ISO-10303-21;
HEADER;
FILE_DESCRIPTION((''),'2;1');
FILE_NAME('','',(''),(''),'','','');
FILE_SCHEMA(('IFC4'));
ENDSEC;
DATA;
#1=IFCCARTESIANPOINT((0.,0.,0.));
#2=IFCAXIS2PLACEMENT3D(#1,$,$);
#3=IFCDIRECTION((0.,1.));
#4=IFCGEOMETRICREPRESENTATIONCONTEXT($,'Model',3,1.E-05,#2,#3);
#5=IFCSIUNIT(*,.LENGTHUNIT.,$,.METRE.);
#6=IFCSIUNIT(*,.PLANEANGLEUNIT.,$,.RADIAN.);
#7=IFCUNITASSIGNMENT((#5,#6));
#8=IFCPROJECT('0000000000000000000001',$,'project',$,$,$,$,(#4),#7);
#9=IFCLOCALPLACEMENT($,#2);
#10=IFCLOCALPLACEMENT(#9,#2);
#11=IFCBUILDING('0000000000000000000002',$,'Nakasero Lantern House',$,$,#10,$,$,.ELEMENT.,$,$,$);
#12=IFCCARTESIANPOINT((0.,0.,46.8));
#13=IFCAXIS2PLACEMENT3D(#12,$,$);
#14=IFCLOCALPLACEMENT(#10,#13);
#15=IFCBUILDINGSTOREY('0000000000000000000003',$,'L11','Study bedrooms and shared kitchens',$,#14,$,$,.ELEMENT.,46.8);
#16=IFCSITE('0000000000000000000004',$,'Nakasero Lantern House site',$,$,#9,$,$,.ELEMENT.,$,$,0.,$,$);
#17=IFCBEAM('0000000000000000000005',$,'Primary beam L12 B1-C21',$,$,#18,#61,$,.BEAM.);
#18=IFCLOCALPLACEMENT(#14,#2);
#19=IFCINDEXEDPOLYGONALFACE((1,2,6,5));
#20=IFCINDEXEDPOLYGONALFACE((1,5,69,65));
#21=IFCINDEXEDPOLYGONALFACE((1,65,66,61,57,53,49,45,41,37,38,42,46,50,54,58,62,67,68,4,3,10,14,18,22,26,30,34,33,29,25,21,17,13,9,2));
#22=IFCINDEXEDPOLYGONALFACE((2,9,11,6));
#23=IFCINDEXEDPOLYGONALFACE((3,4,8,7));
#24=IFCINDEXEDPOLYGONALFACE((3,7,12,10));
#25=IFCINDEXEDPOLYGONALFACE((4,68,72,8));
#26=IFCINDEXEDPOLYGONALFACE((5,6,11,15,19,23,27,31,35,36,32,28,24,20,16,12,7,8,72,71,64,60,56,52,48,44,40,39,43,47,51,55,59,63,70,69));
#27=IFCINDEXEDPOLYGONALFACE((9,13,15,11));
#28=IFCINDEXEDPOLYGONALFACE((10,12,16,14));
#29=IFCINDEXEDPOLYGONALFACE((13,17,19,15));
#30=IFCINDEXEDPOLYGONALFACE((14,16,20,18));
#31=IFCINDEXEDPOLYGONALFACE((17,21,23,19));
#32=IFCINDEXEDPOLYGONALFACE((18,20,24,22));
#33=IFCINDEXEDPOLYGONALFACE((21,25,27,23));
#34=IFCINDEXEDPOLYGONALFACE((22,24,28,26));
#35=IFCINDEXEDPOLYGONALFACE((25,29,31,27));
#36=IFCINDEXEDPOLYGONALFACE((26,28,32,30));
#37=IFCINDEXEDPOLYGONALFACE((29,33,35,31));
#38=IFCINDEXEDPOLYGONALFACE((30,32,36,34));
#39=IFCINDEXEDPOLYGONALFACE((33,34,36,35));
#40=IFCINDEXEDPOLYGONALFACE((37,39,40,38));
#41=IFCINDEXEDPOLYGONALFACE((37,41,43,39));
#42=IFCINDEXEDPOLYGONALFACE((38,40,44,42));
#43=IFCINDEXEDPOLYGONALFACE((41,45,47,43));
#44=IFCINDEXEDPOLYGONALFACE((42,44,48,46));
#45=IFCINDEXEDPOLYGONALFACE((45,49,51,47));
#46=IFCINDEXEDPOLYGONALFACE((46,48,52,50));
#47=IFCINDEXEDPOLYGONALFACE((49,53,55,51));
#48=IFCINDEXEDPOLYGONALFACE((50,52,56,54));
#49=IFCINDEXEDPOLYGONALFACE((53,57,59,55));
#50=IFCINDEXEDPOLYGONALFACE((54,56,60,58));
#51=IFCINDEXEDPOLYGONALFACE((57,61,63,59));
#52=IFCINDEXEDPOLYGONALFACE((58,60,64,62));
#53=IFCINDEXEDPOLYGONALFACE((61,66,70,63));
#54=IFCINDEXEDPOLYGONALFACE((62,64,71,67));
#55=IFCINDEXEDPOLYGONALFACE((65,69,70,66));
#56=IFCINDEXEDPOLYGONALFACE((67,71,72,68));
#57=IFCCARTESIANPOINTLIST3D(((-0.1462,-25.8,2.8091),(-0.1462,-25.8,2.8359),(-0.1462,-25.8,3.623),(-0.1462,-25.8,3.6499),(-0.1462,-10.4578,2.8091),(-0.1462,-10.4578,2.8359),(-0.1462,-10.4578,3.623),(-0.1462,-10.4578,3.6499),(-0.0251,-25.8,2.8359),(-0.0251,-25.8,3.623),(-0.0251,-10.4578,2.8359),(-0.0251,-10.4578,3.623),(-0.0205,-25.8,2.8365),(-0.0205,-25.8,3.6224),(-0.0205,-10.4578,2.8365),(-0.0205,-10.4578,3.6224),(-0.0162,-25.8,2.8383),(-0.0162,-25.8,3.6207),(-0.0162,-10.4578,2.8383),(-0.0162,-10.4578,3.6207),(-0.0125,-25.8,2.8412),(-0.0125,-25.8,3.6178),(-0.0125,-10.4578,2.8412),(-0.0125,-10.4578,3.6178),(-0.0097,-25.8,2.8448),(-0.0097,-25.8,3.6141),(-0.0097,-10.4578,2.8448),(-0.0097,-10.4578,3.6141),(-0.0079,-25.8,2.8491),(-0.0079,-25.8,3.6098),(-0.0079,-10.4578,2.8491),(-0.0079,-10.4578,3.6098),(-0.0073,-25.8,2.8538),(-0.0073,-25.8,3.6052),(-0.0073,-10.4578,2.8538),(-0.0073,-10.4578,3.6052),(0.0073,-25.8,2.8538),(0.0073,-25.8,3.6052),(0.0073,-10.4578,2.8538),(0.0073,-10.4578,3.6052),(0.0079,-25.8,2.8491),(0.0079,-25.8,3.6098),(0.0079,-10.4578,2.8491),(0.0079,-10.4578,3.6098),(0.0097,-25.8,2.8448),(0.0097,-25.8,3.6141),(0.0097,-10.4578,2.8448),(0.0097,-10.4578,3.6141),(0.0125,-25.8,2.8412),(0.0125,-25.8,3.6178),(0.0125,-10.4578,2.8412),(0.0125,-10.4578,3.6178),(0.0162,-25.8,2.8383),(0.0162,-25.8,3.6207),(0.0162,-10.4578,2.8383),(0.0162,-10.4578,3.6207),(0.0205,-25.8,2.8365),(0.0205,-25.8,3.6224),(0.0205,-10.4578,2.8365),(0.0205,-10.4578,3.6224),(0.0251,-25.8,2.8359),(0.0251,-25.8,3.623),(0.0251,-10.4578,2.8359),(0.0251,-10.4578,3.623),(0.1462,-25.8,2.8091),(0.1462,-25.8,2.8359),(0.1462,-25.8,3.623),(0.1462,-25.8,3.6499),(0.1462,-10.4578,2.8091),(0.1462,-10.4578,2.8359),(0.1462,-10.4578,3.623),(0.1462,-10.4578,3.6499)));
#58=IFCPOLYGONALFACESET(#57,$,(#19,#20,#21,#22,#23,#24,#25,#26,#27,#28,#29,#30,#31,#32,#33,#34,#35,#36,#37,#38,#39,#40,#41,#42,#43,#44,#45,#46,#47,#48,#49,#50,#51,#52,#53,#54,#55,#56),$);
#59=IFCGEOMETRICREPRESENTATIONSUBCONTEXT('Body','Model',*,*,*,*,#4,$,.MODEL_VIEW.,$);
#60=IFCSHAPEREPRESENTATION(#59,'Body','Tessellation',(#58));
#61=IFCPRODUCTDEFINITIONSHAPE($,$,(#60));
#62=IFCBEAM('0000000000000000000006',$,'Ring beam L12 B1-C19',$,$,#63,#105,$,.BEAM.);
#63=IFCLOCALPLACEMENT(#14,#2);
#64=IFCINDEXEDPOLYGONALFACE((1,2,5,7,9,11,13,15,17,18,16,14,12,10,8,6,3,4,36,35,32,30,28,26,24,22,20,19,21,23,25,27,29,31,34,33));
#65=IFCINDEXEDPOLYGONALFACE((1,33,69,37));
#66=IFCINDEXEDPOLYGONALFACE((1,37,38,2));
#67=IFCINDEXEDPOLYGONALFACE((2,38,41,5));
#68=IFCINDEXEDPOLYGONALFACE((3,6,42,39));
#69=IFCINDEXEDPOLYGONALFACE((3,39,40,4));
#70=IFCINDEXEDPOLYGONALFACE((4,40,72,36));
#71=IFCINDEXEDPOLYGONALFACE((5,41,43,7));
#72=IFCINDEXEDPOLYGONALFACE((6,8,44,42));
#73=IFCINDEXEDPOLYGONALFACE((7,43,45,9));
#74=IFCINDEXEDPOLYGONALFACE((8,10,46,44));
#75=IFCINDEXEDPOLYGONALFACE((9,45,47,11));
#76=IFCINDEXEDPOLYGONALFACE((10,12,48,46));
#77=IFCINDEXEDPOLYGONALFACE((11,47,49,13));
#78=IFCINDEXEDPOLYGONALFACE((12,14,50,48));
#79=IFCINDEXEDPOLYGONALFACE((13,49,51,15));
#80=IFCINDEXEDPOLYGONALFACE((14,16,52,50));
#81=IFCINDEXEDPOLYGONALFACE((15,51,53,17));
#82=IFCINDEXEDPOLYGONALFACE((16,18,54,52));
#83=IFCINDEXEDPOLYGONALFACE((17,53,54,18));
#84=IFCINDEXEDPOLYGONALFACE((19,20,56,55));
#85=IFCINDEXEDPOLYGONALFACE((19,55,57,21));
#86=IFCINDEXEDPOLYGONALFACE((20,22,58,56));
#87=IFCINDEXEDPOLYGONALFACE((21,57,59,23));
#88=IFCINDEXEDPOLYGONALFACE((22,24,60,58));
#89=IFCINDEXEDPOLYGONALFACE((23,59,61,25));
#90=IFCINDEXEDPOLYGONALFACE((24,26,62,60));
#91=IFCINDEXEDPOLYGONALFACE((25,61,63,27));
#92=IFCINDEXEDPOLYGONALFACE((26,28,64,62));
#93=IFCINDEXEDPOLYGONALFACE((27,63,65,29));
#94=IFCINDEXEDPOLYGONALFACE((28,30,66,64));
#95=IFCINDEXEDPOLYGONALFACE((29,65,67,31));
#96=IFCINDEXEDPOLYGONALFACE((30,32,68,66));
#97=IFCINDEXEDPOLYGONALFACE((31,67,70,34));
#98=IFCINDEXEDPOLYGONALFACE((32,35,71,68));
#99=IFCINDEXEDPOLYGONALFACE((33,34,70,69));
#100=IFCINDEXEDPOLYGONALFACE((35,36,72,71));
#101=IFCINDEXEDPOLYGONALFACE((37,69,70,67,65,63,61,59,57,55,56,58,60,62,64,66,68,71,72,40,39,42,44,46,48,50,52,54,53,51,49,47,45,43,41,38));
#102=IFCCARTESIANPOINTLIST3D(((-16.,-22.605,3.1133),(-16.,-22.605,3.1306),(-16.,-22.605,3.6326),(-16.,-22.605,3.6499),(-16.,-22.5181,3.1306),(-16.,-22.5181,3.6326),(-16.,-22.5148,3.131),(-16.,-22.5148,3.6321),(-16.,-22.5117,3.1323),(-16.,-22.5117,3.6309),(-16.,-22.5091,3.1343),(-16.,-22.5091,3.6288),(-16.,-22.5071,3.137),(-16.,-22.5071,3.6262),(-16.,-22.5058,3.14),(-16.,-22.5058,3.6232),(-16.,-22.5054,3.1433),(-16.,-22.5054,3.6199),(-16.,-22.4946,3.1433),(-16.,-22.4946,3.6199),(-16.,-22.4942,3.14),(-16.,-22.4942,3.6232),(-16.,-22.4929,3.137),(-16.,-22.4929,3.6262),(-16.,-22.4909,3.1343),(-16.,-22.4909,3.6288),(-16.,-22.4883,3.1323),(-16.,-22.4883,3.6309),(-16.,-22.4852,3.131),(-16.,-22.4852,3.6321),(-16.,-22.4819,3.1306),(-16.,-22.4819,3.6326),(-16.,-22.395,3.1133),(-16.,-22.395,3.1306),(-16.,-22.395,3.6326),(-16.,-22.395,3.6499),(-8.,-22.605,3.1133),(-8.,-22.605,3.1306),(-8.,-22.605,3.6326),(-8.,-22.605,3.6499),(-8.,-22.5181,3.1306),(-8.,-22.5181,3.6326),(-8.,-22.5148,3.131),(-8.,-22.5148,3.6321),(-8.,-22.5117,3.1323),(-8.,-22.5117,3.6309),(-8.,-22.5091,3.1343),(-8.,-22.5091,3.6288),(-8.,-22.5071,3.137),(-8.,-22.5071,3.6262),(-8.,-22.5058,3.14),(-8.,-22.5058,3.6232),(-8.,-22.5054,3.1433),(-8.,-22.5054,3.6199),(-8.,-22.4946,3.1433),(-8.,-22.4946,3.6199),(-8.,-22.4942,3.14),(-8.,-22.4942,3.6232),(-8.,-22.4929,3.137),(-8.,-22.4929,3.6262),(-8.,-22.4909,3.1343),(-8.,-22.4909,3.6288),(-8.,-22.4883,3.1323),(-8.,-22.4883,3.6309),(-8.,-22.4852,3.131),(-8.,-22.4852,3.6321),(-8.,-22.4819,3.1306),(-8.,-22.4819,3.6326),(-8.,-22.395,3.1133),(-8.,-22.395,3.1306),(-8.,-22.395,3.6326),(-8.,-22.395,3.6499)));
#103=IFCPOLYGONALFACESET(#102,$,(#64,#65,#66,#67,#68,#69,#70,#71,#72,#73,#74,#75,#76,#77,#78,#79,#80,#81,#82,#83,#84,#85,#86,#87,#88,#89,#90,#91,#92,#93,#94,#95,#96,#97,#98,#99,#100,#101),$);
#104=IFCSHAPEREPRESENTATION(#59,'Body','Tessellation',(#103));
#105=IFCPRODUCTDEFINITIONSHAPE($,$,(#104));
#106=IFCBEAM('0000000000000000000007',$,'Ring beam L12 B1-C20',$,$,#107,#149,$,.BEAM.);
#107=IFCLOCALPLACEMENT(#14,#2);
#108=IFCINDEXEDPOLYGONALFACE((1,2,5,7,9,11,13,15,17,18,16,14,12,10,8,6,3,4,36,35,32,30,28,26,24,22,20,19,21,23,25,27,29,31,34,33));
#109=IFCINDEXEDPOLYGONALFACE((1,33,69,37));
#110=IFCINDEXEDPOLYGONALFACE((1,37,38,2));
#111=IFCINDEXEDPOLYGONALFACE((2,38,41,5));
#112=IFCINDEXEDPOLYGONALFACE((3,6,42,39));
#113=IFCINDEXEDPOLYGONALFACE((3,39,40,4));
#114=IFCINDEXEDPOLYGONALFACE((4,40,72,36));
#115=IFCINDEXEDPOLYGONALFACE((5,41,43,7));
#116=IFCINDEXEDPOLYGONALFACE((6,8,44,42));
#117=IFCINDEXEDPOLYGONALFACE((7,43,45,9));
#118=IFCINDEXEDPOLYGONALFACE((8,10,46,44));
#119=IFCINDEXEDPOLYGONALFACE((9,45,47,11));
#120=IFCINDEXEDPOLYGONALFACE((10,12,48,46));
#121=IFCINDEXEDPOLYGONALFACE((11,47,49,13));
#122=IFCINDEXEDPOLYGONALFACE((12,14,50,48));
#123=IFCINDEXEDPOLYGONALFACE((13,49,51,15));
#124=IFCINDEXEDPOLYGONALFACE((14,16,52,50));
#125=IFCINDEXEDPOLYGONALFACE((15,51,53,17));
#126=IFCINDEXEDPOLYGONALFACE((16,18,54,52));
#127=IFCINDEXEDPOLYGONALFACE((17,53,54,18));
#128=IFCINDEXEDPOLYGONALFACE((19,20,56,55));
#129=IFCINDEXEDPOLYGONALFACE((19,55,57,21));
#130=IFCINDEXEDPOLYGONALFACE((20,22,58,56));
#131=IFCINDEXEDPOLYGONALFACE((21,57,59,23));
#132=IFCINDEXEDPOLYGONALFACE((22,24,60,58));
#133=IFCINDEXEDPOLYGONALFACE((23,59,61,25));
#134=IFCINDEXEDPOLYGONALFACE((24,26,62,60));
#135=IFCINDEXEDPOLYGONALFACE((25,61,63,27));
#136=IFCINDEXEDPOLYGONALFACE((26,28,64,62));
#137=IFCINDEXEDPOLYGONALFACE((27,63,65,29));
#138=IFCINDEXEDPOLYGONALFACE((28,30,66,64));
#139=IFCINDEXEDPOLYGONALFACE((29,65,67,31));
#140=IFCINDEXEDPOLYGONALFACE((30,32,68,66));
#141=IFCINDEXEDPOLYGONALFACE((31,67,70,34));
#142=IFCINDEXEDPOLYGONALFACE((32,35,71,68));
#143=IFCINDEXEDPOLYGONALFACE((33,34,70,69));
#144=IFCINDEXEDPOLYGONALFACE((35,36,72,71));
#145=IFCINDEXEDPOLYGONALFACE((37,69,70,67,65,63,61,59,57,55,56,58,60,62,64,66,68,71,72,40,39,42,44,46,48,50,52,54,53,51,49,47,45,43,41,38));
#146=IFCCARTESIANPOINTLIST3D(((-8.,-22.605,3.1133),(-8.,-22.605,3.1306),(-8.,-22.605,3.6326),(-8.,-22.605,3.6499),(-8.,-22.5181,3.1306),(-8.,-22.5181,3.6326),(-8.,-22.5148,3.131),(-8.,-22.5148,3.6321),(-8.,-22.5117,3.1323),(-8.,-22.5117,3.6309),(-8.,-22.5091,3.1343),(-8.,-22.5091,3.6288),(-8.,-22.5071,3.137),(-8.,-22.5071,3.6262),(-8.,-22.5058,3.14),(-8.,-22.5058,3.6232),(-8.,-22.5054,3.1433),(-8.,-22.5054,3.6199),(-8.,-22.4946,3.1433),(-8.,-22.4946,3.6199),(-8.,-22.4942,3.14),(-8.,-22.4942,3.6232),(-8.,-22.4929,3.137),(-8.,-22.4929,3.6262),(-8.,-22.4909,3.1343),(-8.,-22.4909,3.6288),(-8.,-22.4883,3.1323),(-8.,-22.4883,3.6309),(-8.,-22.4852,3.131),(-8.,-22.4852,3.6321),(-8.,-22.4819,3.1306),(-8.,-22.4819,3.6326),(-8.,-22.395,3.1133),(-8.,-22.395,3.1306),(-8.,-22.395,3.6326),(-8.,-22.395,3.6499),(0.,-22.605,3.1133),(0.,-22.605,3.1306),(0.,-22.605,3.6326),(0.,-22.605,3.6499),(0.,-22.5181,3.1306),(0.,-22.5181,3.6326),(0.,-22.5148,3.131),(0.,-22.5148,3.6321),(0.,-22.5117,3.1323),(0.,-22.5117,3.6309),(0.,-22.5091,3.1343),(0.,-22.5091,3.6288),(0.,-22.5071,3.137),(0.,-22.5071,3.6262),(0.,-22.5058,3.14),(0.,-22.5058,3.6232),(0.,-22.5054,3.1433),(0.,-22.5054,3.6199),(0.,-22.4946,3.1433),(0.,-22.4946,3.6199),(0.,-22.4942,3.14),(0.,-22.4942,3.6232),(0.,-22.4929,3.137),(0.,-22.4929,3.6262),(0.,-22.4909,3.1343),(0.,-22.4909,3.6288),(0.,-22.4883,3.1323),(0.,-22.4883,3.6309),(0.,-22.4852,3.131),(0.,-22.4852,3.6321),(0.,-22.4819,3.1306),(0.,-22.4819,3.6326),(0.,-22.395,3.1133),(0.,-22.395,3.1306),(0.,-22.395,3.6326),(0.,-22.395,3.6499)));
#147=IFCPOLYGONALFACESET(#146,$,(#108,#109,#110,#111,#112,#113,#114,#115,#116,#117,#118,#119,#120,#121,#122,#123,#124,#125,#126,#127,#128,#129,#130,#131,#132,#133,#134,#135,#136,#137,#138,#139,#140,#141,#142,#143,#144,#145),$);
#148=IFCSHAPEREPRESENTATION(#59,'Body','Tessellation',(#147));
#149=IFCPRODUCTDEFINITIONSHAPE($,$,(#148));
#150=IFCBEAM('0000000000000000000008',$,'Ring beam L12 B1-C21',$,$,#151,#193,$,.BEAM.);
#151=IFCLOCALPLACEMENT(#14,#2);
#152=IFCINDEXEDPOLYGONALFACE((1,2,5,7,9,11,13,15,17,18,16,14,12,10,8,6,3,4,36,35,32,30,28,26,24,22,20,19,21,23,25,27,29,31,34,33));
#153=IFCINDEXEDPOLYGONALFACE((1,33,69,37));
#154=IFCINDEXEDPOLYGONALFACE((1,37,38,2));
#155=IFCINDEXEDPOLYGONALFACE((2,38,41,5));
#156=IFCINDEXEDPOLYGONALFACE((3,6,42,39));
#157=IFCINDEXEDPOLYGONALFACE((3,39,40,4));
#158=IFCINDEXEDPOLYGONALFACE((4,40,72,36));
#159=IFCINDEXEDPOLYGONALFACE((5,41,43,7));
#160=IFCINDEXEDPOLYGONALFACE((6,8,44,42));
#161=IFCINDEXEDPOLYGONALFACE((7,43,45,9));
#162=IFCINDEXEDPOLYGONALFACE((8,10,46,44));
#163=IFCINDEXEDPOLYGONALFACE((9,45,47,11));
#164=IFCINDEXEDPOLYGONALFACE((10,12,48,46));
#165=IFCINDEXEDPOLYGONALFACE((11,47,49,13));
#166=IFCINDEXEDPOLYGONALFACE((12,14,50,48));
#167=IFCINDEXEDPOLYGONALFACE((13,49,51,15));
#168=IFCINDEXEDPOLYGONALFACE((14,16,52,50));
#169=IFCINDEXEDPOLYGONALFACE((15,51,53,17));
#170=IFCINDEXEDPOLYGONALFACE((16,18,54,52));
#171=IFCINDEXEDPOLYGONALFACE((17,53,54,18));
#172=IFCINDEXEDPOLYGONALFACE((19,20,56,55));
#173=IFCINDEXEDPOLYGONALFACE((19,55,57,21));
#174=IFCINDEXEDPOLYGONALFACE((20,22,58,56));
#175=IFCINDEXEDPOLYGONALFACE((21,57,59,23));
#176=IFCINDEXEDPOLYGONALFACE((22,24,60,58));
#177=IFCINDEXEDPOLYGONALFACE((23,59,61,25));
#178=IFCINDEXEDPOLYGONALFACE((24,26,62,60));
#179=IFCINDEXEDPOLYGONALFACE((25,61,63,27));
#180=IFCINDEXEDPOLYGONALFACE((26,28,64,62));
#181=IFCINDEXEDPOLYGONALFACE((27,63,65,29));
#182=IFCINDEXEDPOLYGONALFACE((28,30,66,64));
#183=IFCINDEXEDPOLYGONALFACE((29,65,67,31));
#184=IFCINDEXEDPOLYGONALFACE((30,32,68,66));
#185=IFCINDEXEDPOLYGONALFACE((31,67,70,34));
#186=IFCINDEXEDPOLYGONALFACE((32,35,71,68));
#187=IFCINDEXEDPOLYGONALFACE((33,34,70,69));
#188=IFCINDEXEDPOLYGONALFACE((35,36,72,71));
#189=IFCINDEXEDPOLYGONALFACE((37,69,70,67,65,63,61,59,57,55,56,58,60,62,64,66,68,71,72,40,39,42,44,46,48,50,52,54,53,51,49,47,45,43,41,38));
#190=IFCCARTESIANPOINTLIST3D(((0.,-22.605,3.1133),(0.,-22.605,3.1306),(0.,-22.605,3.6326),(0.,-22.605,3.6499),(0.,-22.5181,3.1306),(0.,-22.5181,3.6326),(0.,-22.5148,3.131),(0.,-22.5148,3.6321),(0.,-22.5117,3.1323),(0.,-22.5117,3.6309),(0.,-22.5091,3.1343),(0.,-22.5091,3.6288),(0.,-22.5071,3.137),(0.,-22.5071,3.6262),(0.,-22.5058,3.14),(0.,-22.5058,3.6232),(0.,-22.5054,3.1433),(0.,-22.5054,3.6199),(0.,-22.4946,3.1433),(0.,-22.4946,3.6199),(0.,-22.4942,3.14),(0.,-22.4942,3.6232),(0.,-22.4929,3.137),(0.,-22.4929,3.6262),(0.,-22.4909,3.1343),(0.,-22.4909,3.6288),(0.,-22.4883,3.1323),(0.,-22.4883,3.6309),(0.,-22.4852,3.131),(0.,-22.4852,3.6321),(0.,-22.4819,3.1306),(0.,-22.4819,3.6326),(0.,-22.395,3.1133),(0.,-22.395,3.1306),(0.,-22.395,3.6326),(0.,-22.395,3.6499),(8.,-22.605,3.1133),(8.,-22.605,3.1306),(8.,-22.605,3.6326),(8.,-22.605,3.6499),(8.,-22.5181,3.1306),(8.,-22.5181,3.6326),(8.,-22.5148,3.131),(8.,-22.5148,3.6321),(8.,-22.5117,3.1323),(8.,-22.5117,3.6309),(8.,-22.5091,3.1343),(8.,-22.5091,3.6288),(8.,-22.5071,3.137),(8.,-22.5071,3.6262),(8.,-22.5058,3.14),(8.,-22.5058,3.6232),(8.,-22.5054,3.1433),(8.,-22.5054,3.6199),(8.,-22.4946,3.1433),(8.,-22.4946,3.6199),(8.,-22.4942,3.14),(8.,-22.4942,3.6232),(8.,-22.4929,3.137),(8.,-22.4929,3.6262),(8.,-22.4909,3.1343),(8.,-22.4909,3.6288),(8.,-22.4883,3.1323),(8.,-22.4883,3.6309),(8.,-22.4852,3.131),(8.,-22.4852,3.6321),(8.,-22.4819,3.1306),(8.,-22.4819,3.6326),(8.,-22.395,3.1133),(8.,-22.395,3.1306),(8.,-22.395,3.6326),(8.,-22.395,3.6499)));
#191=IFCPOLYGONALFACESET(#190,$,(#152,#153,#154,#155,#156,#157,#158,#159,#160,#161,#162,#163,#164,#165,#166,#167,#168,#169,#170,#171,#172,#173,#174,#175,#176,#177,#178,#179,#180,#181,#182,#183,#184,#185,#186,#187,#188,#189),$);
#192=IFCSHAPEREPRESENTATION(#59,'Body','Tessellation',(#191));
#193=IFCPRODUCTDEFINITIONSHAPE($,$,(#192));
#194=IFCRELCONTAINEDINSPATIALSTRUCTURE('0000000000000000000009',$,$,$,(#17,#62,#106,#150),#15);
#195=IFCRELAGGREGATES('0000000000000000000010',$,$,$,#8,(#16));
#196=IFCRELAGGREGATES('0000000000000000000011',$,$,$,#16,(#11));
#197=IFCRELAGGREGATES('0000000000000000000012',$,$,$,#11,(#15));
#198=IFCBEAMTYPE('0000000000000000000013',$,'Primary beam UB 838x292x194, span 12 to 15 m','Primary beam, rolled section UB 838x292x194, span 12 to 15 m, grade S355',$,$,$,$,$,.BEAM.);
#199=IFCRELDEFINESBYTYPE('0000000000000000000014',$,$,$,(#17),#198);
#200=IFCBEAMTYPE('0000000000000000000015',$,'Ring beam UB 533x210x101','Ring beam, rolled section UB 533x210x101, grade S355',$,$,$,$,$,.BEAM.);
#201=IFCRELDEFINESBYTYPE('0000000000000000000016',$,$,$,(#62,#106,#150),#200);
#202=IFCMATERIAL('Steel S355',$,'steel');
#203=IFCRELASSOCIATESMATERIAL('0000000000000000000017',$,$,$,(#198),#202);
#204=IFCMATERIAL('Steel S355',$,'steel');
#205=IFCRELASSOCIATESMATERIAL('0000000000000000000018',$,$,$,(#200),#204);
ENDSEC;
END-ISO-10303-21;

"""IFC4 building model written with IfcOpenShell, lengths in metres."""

from ifc_helpers import new_model, si_unit, direction, frame, origin, origin_2d, place, context, subcontext, project, spatial, i_section, extrude, material, material_profile, profile_set, type_object, element, save


model = new_model("IFC4")

# Units and contexts
model_context = context("Model", 3, precision=1e-05, world=origin(), true_north=direction((0.0, 1.0)))
body_context = subcontext(model_context, "Body", "Model", "MODEL_VIEW")
ifc_project = project(units=[si_unit("LENGTHUNIT", "METRE"), si_unit("PLANEANGLEUNIT", "RADIAN")], contexts=[model_context])

# Site, building, storey
site_placement = place(None, origin())
site = spatial("IfcSite", under=ifc_project, at=site_placement, Name="Nakasero Lantern House site", CompositionType="ELEMENT", RefElevation=0.0)
building_placement = place(site_placement, origin())
building = spatial("IfcBuilding", under=site, at=building_placement, Name="Nakasero Lantern House", CompositionType="ELEMENT")
storey_placement = place(building_placement, frame((0.0, 0.0, 46.8)))
storey = spatial("IfcBuildingStorey", under=building, at=storey_placement, Name="L11", Description="Study bedrooms and shared kitchens", CompositionType="ELEMENT", Elevation=46.8)

# Beams
ifc_material_1 = material(Name="Steel S355", Category="steel")
ifc_material_profile_1 = material_profile(ifc_material_1, i_section(OverallWidth=0.2925, OverallDepth=0.8408, WebThickness=0.0146, FlangeThickness=0.0269, FilletRadius=0.0178, at=origin_2d()), Name="UB 838x292x194")
ifc_profile_set_1 = profile_set([ifc_material_profile_1], Name="Steel S355")
beam_type_1 = type_object("IfcBeamType", Name="Primary beam UB 838x292x194, span 12 to 15 m", Description="Primary beam, rolled section UB 838x292x194, span 12 to 15 m, grade S355", PredefinedType="BEAM", material=ifc_profile_set_1)
beam_1_placement = place(storey_placement, frame((0.0, -25.8, 3.2295), z_axis=(0.0, 1.0, 0.0), x_axis=(-1.0, 0.0, 0.0)))
element("IfcBeam", 1, at=beam_1_placement, inside=storey, type_object=beam_type_1, Name="Primary beam L12 B1-C21", PredefinedType="BEAM", context=body_context, shape_type="SweptSolid", body=[
    extrude(i_section(OverallWidth=0.2925, OverallDepth=0.8408, WebThickness=0.0146, FlangeThickness=0.0269, FilletRadius=0.0178, at=origin_2d()), origin(), (0.0, 0.0, 1.0), 15.3423),
])
ifc_material_2 = material(Name="Steel S355", Category="steel")
ifc_material_profile_2 = material_profile(ifc_material_2, i_section(OverallWidth=0.21, OverallDepth=0.5366, WebThickness=0.0107, FlangeThickness=0.0173, FilletRadius=0.0127, at=origin_2d()), Name="UB 533x210x101")
ifc_profile_set_2 = profile_set([ifc_material_profile_2], Name="Steel S355")
beam_type_2 = type_object("IfcBeamType", Name="Ring beam UB 533x210x101", Description="Ring beam, rolled section UB 533x210x101, grade S355", PredefinedType="BEAM", material=ifc_profile_set_2)
for number, where, z_axis, x_axis, name in (
    (2, (-16.0, -22.5, 3.3816), (1.0, 0.0, 0.0), (0.0, 1.0, 0.0), "Ring beam L12 B1-C19"),
    (3, (-8.0, -22.5, 3.3816), (1.0, 0.0, 0.0), (0.0, 1.0, 0.0), "Ring beam L12 B1-C20"),
    (4, (0.0, -22.5, 3.3816), (1.0, 0.0, 0.0), (0.0, 1.0, 0.0), "Ring beam L12 B1-C21"),
):
    element("IfcBeam", number, at=place(storey_placement, frame(where, z_axis=z_axis, x_axis=x_axis)), inside=storey, type_object=beam_type_2, Name=name, PredefinedType="BEAM", context=body_context, shape_type="SweptSolid", body=[
        extrude(i_section(OverallWidth=0.21, OverallDepth=0.5366, WebThickness=0.0107, FlangeThickness=0.0173, FilletRadius=0.0127, at=origin_2d()), origin(), (0.0, 0.0, 1.0), 8.0),
    ])

save(model, "model.ifc")
